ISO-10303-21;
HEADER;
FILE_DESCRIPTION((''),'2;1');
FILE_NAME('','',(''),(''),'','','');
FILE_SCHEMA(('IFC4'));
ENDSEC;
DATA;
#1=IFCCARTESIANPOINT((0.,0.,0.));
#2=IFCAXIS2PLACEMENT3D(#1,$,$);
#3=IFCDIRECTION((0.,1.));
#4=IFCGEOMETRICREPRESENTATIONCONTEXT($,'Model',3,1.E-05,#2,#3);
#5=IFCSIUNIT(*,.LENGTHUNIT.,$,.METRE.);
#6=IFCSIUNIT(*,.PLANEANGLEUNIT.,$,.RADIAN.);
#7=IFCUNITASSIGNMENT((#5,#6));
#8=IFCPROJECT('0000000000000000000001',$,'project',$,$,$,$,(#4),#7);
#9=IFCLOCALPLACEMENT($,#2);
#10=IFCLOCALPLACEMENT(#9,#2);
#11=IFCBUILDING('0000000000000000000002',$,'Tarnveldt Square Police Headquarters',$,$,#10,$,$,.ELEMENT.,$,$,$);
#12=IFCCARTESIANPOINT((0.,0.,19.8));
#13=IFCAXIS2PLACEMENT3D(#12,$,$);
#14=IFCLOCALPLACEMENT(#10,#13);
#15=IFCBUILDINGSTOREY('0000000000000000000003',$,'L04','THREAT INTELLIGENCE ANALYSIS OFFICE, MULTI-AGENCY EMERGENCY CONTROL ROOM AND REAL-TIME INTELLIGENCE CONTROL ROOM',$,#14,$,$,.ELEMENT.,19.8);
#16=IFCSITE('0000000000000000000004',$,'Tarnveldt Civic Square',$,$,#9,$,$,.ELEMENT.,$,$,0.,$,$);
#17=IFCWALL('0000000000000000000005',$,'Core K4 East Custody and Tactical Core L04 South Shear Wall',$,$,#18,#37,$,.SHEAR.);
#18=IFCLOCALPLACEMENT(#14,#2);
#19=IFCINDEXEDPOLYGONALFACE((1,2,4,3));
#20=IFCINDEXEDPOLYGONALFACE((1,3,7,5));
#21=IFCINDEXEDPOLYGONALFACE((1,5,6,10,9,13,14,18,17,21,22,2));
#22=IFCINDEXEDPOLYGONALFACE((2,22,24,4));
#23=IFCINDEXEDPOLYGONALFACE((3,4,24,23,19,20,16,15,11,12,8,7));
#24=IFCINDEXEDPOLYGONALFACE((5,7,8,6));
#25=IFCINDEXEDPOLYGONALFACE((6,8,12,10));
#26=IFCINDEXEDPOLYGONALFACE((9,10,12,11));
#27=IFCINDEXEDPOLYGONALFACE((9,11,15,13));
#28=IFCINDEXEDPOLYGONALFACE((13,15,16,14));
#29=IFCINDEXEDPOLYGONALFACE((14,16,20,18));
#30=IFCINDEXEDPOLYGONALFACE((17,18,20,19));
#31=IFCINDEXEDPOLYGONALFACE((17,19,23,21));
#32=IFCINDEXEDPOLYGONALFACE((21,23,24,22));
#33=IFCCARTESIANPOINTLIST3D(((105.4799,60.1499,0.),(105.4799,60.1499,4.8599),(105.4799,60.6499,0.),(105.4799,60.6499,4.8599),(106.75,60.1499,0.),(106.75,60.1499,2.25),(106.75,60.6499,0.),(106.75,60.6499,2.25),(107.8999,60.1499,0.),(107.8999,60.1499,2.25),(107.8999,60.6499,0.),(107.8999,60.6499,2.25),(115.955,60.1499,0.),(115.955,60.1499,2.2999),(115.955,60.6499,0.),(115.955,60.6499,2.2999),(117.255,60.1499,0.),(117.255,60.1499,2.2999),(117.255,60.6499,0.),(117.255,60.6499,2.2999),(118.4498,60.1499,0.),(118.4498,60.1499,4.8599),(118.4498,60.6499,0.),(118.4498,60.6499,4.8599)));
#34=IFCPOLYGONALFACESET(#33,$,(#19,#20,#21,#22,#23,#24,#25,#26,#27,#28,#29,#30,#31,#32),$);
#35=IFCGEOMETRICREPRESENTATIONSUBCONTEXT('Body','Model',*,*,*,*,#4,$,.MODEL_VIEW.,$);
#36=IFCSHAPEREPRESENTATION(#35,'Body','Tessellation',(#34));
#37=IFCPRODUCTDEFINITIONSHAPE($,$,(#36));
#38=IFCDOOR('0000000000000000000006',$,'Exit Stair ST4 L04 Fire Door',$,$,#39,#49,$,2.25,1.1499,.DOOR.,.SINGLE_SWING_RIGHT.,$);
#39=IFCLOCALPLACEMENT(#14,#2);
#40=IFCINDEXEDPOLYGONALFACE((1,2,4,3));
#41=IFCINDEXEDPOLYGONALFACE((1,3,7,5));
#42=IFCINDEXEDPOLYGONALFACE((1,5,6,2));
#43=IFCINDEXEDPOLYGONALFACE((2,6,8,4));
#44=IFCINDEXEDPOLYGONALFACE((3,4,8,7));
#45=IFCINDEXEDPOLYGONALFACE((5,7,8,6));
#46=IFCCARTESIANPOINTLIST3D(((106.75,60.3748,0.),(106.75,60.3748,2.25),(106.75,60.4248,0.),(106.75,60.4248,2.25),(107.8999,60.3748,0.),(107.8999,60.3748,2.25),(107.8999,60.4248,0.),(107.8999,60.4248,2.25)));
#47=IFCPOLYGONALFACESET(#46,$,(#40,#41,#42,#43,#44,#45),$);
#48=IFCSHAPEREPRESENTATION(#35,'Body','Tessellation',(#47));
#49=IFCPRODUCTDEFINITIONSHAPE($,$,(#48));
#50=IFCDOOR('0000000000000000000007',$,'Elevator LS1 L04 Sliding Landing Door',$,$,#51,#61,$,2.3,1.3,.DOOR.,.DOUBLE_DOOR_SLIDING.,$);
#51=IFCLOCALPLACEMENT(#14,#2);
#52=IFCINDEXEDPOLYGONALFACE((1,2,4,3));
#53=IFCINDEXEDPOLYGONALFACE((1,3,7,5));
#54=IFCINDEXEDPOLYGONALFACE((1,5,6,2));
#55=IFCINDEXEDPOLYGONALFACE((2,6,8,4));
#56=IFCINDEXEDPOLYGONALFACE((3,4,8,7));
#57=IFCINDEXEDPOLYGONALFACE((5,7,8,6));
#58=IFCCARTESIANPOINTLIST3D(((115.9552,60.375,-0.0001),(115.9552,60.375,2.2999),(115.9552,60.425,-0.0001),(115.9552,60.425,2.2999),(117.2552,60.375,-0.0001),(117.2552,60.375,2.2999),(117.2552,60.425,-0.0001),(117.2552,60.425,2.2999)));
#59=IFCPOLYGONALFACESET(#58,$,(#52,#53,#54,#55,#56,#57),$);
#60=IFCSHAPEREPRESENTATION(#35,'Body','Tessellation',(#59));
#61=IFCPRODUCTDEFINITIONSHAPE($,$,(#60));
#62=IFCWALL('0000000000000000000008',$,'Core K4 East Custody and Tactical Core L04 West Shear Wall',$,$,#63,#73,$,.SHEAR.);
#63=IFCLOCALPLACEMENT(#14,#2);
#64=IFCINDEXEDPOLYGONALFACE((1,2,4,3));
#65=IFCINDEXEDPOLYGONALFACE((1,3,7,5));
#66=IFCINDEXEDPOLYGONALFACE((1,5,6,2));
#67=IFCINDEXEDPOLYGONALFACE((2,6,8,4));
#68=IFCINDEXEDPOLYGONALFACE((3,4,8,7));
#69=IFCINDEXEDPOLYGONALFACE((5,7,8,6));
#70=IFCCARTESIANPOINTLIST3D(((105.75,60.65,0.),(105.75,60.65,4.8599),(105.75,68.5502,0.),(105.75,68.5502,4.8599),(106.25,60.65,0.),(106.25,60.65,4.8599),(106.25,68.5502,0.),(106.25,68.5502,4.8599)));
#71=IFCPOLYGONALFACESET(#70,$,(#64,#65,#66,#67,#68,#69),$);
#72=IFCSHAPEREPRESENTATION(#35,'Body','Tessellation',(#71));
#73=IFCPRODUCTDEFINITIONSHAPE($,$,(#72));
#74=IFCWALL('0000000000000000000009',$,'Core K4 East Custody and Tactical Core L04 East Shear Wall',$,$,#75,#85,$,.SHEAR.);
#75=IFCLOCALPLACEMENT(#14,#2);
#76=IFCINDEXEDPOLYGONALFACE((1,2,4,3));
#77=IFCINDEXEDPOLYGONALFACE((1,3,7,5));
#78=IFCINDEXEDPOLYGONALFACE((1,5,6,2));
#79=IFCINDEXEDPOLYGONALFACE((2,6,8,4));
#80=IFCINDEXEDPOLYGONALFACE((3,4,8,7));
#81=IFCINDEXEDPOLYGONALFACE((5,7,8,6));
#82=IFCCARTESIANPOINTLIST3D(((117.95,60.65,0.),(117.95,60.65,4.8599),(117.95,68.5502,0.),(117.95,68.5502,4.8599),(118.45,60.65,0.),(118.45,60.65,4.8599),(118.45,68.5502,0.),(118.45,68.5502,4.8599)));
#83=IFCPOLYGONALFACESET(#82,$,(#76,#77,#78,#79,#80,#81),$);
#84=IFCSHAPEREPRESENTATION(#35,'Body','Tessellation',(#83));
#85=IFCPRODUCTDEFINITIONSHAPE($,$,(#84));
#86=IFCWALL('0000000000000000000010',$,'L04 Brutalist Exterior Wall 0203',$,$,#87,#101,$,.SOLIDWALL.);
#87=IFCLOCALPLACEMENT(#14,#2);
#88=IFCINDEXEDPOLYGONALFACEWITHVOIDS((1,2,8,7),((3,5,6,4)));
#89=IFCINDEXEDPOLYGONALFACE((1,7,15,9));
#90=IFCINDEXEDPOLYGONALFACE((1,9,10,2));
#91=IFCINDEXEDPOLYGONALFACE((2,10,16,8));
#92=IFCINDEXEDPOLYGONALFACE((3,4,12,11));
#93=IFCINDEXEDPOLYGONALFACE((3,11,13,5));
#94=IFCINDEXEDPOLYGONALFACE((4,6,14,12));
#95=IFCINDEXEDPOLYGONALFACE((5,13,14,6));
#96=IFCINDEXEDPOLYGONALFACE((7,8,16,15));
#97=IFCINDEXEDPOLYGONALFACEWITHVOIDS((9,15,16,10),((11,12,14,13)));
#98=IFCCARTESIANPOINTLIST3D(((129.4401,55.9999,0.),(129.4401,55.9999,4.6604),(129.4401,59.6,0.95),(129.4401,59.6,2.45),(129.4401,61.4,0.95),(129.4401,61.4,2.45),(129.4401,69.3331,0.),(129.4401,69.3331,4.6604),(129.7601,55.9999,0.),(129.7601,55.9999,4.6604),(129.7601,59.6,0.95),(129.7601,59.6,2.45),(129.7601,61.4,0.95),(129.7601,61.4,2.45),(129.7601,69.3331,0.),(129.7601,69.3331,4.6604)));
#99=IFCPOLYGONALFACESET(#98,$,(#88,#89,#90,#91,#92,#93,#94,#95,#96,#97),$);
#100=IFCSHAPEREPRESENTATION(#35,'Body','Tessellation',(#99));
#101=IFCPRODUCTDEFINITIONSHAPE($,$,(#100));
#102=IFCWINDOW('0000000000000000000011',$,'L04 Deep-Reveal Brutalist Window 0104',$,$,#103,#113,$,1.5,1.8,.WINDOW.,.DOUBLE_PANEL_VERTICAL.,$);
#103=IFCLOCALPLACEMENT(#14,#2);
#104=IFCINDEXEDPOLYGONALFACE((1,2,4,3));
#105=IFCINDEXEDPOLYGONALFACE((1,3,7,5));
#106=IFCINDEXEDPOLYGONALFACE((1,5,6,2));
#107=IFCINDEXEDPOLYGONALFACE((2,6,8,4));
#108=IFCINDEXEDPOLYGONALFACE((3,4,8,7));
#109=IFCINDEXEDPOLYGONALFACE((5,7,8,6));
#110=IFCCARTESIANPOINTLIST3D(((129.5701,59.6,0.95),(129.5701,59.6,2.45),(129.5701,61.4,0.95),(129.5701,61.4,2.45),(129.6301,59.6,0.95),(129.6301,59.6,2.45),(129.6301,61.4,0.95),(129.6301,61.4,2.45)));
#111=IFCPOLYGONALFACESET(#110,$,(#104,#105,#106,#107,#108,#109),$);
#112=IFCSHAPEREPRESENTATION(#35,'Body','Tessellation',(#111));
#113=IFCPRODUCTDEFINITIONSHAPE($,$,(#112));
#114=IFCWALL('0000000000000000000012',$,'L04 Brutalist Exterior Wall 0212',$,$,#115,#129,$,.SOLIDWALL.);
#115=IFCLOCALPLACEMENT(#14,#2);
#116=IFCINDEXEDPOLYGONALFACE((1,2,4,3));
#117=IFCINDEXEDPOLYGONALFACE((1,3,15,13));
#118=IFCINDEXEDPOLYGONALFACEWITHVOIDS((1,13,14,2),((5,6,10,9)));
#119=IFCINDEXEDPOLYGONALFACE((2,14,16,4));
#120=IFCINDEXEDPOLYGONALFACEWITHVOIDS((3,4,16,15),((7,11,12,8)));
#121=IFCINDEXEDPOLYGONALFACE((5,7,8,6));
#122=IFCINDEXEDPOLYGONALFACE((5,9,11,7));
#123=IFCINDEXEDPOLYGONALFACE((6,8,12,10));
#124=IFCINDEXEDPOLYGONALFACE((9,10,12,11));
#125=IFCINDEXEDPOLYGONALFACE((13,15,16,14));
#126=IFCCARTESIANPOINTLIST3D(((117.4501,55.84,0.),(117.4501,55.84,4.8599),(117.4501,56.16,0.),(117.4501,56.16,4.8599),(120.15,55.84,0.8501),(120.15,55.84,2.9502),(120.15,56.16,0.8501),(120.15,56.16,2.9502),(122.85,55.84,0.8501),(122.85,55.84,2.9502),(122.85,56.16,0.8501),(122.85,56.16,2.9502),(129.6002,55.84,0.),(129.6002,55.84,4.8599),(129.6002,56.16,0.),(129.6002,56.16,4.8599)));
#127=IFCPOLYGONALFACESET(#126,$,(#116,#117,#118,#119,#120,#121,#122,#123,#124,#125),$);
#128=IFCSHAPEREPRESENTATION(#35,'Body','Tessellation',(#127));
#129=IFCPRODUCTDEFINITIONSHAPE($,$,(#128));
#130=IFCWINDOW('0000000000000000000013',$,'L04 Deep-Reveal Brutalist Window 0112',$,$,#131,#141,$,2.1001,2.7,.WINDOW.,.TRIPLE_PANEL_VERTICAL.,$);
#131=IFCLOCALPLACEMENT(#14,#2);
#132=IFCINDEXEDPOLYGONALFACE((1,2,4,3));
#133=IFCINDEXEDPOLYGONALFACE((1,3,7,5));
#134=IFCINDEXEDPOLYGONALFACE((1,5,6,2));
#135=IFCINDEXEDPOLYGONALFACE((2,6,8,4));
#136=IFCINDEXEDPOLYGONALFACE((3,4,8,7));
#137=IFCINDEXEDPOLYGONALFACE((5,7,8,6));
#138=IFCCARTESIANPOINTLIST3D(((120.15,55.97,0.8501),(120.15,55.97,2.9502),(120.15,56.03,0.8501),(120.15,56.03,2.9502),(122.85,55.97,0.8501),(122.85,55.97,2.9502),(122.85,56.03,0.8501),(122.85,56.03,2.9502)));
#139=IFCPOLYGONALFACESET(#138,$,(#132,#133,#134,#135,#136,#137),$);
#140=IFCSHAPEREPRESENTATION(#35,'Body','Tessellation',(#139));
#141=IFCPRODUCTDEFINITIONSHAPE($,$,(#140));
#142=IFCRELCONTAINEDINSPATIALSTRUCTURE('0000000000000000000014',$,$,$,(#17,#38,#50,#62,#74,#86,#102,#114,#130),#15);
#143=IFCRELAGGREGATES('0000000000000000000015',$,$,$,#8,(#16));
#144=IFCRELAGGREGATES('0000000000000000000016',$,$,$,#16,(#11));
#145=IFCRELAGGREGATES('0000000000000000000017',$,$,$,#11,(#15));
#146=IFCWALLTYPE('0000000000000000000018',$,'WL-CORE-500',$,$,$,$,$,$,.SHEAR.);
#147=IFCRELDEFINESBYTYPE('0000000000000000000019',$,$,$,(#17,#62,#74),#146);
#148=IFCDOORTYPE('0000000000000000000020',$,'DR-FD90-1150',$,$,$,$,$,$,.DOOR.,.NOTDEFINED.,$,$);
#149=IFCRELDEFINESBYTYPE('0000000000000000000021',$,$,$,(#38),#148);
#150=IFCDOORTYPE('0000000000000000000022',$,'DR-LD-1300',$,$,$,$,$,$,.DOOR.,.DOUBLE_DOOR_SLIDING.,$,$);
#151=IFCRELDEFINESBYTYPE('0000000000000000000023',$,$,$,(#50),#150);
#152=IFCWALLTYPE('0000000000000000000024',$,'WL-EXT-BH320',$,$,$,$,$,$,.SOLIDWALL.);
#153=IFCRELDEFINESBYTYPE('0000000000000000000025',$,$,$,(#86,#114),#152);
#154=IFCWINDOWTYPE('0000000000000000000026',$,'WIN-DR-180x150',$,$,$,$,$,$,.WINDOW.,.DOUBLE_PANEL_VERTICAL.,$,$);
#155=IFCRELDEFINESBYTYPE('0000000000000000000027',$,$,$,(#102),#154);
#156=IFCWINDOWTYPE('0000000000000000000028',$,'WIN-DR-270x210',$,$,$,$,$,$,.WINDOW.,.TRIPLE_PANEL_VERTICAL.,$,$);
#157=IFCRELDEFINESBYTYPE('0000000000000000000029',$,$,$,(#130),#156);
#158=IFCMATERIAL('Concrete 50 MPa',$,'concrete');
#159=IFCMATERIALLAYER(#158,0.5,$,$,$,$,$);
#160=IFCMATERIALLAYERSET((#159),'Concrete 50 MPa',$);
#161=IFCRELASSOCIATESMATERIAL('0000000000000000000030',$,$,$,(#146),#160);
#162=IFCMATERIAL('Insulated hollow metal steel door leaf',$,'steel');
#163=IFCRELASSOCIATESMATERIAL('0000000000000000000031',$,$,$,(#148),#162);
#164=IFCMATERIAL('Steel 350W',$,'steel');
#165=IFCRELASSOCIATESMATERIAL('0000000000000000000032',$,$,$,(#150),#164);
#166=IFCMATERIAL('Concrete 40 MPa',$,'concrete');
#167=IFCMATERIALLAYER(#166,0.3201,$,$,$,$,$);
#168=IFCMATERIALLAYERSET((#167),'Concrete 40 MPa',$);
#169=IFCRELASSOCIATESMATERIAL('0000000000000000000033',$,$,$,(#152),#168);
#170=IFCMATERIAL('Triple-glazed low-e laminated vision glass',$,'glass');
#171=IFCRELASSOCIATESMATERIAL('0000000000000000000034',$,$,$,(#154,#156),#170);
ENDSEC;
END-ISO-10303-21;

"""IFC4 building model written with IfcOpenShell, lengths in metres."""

from ifc_helpers import new_model, si_unit, direction, frame, frame_2d, origin, place, context, subcontext, project, spatial, rectangle, extrude, material, layer, layer_set, type_object, element, fill, save


model = new_model("IFC4")

# Units and contexts
model_context = context("Model", 3, precision=1e-05, world=origin(), true_north=direction((0.0, 1.0)))
body_context = subcontext(model_context, "Body", "Model", "MODEL_VIEW")
ifc_project = project(units=[si_unit("LENGTHUNIT", "METRE"), si_unit("PLANEANGLEUNIT", "RADIAN")], contexts=[model_context])

# Site, building, storey
site_placement = place(None, origin())
site = spatial("IfcSite", under=ifc_project, at=site_placement, Name="Tarnveldt Civic Square", CompositionType="ELEMENT", RefElevation=0.0)
building_placement = place(site_placement, origin())
building = spatial("IfcBuilding", under=site, at=building_placement, Name="Tarnveldt Square Police Headquarters", CompositionType="ELEMENT")
storey_placement = place(building_placement, frame((0.0, 0.0, 19.8)))
storey = spatial("IfcBuildingStorey", under=building, at=storey_placement, Name="L04", Description="THREAT INTELLIGENCE ANALYSIS OFFICE, MULTI-AGENCY EMERGENCY CONTROL ROOM AND REAL-TIME INTELLIGENCE CONTROL ROOM", CompositionType="ELEMENT", Elevation=19.8)

# Shared definitions
ifc_material_1 = material(Name="Concrete 40 MPa", Category="concrete")
ifc_material_2 = material(Name="Steel 350W", Category="steel")

# Shared definitions
ifc_material_3 = material(Name="Concrete 50 MPa", Category="concrete")

# Wall, openings, doors
ifc_layer_1 = layer(ifc_material_3, 0.5)
ifc_layer_set_1 = layer_set([ifc_layer_1], Name="Concrete 50 MPa")
wall_type_1 = type_object("IfcWallType", Name="WL-CORE-500", PredefinedType="SHEAR", material=ifc_layer_set_1)
wall_1_placement = place(storey_placement, frame((105.48, 60.3999, 0.0), z_axis=(0.0, 0.0, 1.0), x_axis=(1.0, 0.0, 0.0)))
wall_1 = element("IfcWall", 1, at=wall_1_placement, inside=storey, type_object=wall_type_1, Name="Core K4 East Custody and Tactical Core L04 South Shear Wall", PredefinedType="SHEAR", context=body_context, shape_type="SweptSolid", body=[
    extrude(rectangle(XDim=12.97, YDim=0.5, at=frame_2d((6.4849, 0.0))), origin(), (0.0, 0.0, 1.0), 4.8599),
])
opening_1_placement = place(wall_1_placement, frame((1.27, 0.0, 0.0)))
opening_1 = element("IfcOpeningElement", 2, at=opening_1_placement, cuts=wall_1, PredefinedType="OPENING", context=body_context, shape_type="SweptSolid", body=[
    extrude(rectangle(XDim=1.1499, YDim=2.25, at=frame_2d((0.575, 1.125))), frame((0.0, 0.26, 0.0), z_axis=(0.0, -1.0, 0.0), x_axis=(1.0, 0.0, 0.0)), (0.0, 0.0, 1.0), 0.52),
])
opening_2_placement = place(wall_1_placement, frame((10.4751, 0.0, 0.0)))
opening_2 = element("IfcOpeningElement", 3, at=opening_2_placement, cuts=wall_1, PredefinedType="OPENING", context=body_context, shape_type="SweptSolid", body=[
    extrude(rectangle(XDim=1.3, YDim=2.3, at=frame_2d((0.6499, 1.1499))), frame((0.0, 0.26, 0.0), z_axis=(0.0, -1.0, 0.0), x_axis=(1.0, 0.0, 0.0)), (0.0, 0.0, 1.0), 0.52),
])
ifc_material_4 = material(Name="Insulated hollow metal steel door leaf", Category="steel")
door_type_1 = type_object("IfcDoorType", Name="DR-FD90-1150", OperationType="NOTDEFINED", PredefinedType="DOOR", material=ifc_material_4)
door_1_placement = place(opening_1_placement, origin())
door_1 = element("IfcDoor", 4, at=door_1_placement, inside=storey, type_object=door_type_1, Name="Exit Stair ST4 L04 Fire Door", OperationType="SINGLE_SWING_RIGHT", OverallHeight=2.25, OverallWidth=1.1499, PredefinedType="DOOR", context=body_context, shape_type="SweptSolid", body=[
    extrude(rectangle(XDim=1.1499, YDim=2.25, at=frame_2d((0.575, 1.125))), frame((0.0, 0.0249, 0.0), z_axis=(0.0, -1.0, 0.0), x_axis=(1.0, 0.0, 0.0)), (0.0, 0.0, 1.0), 0.05),
])
fill(opening_1, door_1)
door_type_2 = type_object("IfcDoorType", Name="DR-LD-1300", OperationType="DOUBLE_DOOR_SLIDING", PredefinedType="DOOR", material=ifc_material_2)
door_2_placement = place(opening_2_placement, frame((1.3, 0.0, 0.0), z_axis=(0.0, 0.0, 1.0), x_axis=(-1.0, 0.0, 0.0)))
door_2 = element("IfcDoor", 5, at=door_2_placement, inside=storey, type_object=door_type_2, Name="Elevator LS1 L04 Sliding Landing Door", OperationType="DOUBLE_DOOR_SLIDING", OverallHeight=2.3, OverallWidth=1.3, PredefinedType="DOOR", context=body_context, shape_type="SweptSolid", body=[
    extrude(rectangle(XDim=1.3, YDim=2.3, at=frame_2d((0.6499, 1.1499))), frame((0.0, 0.0249, 0.0), z_axis=(0.0, -1.0, 0.0), x_axis=(1.0, 0.0, 0.0)), (0.0, 0.0, 1.0), 0.05),
])
fill(opening_2, door_2)

# Walls
for number, where, z_axis, x_axis, name in (
    (6, (106.0, 60.6499, 0.0), (0.0, 0.0, 1.0), (0.0, 1.0, 0.0), "Core K4 East Custody and Tactical Core L04 West Shear Wall"),
    (7, (118.2, 60.6499, 0.0), (0.0, 0.0, 1.0), (0.0, 1.0, 0.0), "Core K4 East Custody and Tactical Core L04 East Shear Wall"),
):
    element("IfcWall", number, at=place(storey_placement, frame(where, z_axis=z_axis, x_axis=x_axis)), inside=storey, type_object=wall_type_1, Name=name, PredefinedType="SHEAR", context=body_context, shape_type="SweptSolid", body=[
        extrude(rectangle(XDim=7.9001, YDim=0.5, at=frame_2d((3.9502, 0.0))), origin(), (0.0, 0.0, 1.0), 4.8599),
    ])

# Walls, openings, windows
ifc_layer_2 = layer(ifc_material_1, 0.3201)
ifc_layer_set_2 = layer_set([ifc_layer_2], Name="Concrete 40 MPa")
wall_type_2 = type_object("IfcWallType", Name="WL-EXT-BH320", PredefinedType="SOLIDWALL", material=ifc_layer_set_2)
wall_2_placement = place(storey_placement, frame((129.6001, 56.0, 0.0), z_axis=(0.0, 0.0, 1.0), x_axis=(0.0, 1.0, 0.0)))
wall_2 = element("IfcWall", 8, at=wall_2_placement, inside=storey, type_object=wall_type_2, Name="L04 Brutalist Exterior Wall 0203", PredefinedType="SOLIDWALL", context=body_context, shape_type="SweptSolid", body=[
    extrude(rectangle(XDim=13.3333, YDim=0.3201, at=frame_2d((6.6665, 0.0))), origin(), (0.0, 0.0, 1.0), 4.6604),
])
opening_3_placement = place(wall_2_placement, frame((3.6001, 0.0, 0.95)))
opening_3 = element("IfcOpeningElement", 9, at=opening_3_placement, cuts=wall_2, PredefinedType="OPENING", context=body_context, shape_type="SweptSolid", body=[
    extrude(rectangle(XDim=1.8, YDim=1.5, at=frame_2d((0.8999, 0.75))), frame((0.0, 0.1699, 0.0), z_axis=(0.0, -1.0, 0.0), x_axis=(1.0, 0.0, 0.0)), (0.0, 0.0, 1.0), 0.3401),
])
ifc_material_5 = material(Name="Triple-glazed low-e laminated vision glass", Category="glass")
window_type_1 = type_object("IfcWindowType", Name="WIN-DR-180x150", PartitioningType="DOUBLE_PANEL_VERTICAL", PredefinedType="WINDOW", material=ifc_material_5)
window_1_placement = place(opening_3_placement, origin())
window_1 = element("IfcWindow", 10, at=window_1_placement, inside=storey, type_object=window_type_1, Name="L04 Deep-Reveal Brutalist Window 0104", OverallHeight=1.5, OverallWidth=1.8, PartitioningType="DOUBLE_PANEL_VERTICAL", PredefinedType="WINDOW", context=body_context, shape_type="SweptSolid", body=[
    extrude(rectangle(XDim=1.8, YDim=1.5, at=frame_2d((0.8999, 0.75))), frame((0.0, 0.03, 0.0), z_axis=(0.0, -1.0, 0.0), x_axis=(1.0, 0.0, 0.0)), (0.0, 0.0, 1.0), 0.0601),
])
fill(opening_3, window_1)
wall_3_placement = place(storey_placement, frame((117.45, 56.0, 0.0), z_axis=(0.0, 0.0, 1.0), x_axis=(1.0, 0.0, 0.0)))
wall_3 = element("IfcWall", 11, at=wall_3_placement, inside=storey, type_object=wall_type_2, Name="L04 Brutalist Exterior Wall 0212", PredefinedType="SOLIDWALL", context=body_context, shape_type="SweptSolid", body=[
    extrude(rectangle(XDim=12.1501, YDim=0.3201, at=frame_2d((6.0752, 0.0))), origin(), (0.0, 0.0, 1.0), 4.8599),
])
opening_4_placement = place(wall_3_placement, frame((2.7, 0.0, 0.8501)))
opening_4 = element("IfcOpeningElement", 12, at=opening_4_placement, cuts=wall_3, PredefinedType="OPENING", context=body_context, shape_type="SweptSolid", body=[
    extrude(rectangle(XDim=2.7, YDim=2.1001, at=frame_2d((1.3501, 1.05))), frame((0.0, 0.1699, 0.0), z_axis=(0.0, -1.0, 0.0), x_axis=(1.0, 0.0, 0.0)), (0.0, 0.0, 1.0), 0.3401),
])
window_type_2 = type_object("IfcWindowType", Name="WIN-DR-270x210", PartitioningType="TRIPLE_PANEL_VERTICAL", PredefinedType="WINDOW", material=ifc_material_5)
window_2_placement = place(opening_4_placement, origin())
window_2 = element("IfcWindow", 13, at=window_2_placement, inside=storey, type_object=window_type_2, Name="L04 Deep-Reveal Brutalist Window 0112", OverallHeight=2.1001, OverallWidth=2.7, PartitioningType="TRIPLE_PANEL_VERTICAL", PredefinedType="WINDOW", context=body_context, shape_type="SweptSolid", body=[
    extrude(rectangle(XDim=2.7, YDim=2.1001, at=frame_2d((1.3501, 1.05))), frame((0.0, 0.03, 0.0), z_axis=(0.0, -1.0, 0.0), x_axis=(1.0, 0.0, 0.0)), (0.0, 0.0, 1.0), 0.0601),
])
fill(opening_4, window_2)

save(model, "model.ifc")
